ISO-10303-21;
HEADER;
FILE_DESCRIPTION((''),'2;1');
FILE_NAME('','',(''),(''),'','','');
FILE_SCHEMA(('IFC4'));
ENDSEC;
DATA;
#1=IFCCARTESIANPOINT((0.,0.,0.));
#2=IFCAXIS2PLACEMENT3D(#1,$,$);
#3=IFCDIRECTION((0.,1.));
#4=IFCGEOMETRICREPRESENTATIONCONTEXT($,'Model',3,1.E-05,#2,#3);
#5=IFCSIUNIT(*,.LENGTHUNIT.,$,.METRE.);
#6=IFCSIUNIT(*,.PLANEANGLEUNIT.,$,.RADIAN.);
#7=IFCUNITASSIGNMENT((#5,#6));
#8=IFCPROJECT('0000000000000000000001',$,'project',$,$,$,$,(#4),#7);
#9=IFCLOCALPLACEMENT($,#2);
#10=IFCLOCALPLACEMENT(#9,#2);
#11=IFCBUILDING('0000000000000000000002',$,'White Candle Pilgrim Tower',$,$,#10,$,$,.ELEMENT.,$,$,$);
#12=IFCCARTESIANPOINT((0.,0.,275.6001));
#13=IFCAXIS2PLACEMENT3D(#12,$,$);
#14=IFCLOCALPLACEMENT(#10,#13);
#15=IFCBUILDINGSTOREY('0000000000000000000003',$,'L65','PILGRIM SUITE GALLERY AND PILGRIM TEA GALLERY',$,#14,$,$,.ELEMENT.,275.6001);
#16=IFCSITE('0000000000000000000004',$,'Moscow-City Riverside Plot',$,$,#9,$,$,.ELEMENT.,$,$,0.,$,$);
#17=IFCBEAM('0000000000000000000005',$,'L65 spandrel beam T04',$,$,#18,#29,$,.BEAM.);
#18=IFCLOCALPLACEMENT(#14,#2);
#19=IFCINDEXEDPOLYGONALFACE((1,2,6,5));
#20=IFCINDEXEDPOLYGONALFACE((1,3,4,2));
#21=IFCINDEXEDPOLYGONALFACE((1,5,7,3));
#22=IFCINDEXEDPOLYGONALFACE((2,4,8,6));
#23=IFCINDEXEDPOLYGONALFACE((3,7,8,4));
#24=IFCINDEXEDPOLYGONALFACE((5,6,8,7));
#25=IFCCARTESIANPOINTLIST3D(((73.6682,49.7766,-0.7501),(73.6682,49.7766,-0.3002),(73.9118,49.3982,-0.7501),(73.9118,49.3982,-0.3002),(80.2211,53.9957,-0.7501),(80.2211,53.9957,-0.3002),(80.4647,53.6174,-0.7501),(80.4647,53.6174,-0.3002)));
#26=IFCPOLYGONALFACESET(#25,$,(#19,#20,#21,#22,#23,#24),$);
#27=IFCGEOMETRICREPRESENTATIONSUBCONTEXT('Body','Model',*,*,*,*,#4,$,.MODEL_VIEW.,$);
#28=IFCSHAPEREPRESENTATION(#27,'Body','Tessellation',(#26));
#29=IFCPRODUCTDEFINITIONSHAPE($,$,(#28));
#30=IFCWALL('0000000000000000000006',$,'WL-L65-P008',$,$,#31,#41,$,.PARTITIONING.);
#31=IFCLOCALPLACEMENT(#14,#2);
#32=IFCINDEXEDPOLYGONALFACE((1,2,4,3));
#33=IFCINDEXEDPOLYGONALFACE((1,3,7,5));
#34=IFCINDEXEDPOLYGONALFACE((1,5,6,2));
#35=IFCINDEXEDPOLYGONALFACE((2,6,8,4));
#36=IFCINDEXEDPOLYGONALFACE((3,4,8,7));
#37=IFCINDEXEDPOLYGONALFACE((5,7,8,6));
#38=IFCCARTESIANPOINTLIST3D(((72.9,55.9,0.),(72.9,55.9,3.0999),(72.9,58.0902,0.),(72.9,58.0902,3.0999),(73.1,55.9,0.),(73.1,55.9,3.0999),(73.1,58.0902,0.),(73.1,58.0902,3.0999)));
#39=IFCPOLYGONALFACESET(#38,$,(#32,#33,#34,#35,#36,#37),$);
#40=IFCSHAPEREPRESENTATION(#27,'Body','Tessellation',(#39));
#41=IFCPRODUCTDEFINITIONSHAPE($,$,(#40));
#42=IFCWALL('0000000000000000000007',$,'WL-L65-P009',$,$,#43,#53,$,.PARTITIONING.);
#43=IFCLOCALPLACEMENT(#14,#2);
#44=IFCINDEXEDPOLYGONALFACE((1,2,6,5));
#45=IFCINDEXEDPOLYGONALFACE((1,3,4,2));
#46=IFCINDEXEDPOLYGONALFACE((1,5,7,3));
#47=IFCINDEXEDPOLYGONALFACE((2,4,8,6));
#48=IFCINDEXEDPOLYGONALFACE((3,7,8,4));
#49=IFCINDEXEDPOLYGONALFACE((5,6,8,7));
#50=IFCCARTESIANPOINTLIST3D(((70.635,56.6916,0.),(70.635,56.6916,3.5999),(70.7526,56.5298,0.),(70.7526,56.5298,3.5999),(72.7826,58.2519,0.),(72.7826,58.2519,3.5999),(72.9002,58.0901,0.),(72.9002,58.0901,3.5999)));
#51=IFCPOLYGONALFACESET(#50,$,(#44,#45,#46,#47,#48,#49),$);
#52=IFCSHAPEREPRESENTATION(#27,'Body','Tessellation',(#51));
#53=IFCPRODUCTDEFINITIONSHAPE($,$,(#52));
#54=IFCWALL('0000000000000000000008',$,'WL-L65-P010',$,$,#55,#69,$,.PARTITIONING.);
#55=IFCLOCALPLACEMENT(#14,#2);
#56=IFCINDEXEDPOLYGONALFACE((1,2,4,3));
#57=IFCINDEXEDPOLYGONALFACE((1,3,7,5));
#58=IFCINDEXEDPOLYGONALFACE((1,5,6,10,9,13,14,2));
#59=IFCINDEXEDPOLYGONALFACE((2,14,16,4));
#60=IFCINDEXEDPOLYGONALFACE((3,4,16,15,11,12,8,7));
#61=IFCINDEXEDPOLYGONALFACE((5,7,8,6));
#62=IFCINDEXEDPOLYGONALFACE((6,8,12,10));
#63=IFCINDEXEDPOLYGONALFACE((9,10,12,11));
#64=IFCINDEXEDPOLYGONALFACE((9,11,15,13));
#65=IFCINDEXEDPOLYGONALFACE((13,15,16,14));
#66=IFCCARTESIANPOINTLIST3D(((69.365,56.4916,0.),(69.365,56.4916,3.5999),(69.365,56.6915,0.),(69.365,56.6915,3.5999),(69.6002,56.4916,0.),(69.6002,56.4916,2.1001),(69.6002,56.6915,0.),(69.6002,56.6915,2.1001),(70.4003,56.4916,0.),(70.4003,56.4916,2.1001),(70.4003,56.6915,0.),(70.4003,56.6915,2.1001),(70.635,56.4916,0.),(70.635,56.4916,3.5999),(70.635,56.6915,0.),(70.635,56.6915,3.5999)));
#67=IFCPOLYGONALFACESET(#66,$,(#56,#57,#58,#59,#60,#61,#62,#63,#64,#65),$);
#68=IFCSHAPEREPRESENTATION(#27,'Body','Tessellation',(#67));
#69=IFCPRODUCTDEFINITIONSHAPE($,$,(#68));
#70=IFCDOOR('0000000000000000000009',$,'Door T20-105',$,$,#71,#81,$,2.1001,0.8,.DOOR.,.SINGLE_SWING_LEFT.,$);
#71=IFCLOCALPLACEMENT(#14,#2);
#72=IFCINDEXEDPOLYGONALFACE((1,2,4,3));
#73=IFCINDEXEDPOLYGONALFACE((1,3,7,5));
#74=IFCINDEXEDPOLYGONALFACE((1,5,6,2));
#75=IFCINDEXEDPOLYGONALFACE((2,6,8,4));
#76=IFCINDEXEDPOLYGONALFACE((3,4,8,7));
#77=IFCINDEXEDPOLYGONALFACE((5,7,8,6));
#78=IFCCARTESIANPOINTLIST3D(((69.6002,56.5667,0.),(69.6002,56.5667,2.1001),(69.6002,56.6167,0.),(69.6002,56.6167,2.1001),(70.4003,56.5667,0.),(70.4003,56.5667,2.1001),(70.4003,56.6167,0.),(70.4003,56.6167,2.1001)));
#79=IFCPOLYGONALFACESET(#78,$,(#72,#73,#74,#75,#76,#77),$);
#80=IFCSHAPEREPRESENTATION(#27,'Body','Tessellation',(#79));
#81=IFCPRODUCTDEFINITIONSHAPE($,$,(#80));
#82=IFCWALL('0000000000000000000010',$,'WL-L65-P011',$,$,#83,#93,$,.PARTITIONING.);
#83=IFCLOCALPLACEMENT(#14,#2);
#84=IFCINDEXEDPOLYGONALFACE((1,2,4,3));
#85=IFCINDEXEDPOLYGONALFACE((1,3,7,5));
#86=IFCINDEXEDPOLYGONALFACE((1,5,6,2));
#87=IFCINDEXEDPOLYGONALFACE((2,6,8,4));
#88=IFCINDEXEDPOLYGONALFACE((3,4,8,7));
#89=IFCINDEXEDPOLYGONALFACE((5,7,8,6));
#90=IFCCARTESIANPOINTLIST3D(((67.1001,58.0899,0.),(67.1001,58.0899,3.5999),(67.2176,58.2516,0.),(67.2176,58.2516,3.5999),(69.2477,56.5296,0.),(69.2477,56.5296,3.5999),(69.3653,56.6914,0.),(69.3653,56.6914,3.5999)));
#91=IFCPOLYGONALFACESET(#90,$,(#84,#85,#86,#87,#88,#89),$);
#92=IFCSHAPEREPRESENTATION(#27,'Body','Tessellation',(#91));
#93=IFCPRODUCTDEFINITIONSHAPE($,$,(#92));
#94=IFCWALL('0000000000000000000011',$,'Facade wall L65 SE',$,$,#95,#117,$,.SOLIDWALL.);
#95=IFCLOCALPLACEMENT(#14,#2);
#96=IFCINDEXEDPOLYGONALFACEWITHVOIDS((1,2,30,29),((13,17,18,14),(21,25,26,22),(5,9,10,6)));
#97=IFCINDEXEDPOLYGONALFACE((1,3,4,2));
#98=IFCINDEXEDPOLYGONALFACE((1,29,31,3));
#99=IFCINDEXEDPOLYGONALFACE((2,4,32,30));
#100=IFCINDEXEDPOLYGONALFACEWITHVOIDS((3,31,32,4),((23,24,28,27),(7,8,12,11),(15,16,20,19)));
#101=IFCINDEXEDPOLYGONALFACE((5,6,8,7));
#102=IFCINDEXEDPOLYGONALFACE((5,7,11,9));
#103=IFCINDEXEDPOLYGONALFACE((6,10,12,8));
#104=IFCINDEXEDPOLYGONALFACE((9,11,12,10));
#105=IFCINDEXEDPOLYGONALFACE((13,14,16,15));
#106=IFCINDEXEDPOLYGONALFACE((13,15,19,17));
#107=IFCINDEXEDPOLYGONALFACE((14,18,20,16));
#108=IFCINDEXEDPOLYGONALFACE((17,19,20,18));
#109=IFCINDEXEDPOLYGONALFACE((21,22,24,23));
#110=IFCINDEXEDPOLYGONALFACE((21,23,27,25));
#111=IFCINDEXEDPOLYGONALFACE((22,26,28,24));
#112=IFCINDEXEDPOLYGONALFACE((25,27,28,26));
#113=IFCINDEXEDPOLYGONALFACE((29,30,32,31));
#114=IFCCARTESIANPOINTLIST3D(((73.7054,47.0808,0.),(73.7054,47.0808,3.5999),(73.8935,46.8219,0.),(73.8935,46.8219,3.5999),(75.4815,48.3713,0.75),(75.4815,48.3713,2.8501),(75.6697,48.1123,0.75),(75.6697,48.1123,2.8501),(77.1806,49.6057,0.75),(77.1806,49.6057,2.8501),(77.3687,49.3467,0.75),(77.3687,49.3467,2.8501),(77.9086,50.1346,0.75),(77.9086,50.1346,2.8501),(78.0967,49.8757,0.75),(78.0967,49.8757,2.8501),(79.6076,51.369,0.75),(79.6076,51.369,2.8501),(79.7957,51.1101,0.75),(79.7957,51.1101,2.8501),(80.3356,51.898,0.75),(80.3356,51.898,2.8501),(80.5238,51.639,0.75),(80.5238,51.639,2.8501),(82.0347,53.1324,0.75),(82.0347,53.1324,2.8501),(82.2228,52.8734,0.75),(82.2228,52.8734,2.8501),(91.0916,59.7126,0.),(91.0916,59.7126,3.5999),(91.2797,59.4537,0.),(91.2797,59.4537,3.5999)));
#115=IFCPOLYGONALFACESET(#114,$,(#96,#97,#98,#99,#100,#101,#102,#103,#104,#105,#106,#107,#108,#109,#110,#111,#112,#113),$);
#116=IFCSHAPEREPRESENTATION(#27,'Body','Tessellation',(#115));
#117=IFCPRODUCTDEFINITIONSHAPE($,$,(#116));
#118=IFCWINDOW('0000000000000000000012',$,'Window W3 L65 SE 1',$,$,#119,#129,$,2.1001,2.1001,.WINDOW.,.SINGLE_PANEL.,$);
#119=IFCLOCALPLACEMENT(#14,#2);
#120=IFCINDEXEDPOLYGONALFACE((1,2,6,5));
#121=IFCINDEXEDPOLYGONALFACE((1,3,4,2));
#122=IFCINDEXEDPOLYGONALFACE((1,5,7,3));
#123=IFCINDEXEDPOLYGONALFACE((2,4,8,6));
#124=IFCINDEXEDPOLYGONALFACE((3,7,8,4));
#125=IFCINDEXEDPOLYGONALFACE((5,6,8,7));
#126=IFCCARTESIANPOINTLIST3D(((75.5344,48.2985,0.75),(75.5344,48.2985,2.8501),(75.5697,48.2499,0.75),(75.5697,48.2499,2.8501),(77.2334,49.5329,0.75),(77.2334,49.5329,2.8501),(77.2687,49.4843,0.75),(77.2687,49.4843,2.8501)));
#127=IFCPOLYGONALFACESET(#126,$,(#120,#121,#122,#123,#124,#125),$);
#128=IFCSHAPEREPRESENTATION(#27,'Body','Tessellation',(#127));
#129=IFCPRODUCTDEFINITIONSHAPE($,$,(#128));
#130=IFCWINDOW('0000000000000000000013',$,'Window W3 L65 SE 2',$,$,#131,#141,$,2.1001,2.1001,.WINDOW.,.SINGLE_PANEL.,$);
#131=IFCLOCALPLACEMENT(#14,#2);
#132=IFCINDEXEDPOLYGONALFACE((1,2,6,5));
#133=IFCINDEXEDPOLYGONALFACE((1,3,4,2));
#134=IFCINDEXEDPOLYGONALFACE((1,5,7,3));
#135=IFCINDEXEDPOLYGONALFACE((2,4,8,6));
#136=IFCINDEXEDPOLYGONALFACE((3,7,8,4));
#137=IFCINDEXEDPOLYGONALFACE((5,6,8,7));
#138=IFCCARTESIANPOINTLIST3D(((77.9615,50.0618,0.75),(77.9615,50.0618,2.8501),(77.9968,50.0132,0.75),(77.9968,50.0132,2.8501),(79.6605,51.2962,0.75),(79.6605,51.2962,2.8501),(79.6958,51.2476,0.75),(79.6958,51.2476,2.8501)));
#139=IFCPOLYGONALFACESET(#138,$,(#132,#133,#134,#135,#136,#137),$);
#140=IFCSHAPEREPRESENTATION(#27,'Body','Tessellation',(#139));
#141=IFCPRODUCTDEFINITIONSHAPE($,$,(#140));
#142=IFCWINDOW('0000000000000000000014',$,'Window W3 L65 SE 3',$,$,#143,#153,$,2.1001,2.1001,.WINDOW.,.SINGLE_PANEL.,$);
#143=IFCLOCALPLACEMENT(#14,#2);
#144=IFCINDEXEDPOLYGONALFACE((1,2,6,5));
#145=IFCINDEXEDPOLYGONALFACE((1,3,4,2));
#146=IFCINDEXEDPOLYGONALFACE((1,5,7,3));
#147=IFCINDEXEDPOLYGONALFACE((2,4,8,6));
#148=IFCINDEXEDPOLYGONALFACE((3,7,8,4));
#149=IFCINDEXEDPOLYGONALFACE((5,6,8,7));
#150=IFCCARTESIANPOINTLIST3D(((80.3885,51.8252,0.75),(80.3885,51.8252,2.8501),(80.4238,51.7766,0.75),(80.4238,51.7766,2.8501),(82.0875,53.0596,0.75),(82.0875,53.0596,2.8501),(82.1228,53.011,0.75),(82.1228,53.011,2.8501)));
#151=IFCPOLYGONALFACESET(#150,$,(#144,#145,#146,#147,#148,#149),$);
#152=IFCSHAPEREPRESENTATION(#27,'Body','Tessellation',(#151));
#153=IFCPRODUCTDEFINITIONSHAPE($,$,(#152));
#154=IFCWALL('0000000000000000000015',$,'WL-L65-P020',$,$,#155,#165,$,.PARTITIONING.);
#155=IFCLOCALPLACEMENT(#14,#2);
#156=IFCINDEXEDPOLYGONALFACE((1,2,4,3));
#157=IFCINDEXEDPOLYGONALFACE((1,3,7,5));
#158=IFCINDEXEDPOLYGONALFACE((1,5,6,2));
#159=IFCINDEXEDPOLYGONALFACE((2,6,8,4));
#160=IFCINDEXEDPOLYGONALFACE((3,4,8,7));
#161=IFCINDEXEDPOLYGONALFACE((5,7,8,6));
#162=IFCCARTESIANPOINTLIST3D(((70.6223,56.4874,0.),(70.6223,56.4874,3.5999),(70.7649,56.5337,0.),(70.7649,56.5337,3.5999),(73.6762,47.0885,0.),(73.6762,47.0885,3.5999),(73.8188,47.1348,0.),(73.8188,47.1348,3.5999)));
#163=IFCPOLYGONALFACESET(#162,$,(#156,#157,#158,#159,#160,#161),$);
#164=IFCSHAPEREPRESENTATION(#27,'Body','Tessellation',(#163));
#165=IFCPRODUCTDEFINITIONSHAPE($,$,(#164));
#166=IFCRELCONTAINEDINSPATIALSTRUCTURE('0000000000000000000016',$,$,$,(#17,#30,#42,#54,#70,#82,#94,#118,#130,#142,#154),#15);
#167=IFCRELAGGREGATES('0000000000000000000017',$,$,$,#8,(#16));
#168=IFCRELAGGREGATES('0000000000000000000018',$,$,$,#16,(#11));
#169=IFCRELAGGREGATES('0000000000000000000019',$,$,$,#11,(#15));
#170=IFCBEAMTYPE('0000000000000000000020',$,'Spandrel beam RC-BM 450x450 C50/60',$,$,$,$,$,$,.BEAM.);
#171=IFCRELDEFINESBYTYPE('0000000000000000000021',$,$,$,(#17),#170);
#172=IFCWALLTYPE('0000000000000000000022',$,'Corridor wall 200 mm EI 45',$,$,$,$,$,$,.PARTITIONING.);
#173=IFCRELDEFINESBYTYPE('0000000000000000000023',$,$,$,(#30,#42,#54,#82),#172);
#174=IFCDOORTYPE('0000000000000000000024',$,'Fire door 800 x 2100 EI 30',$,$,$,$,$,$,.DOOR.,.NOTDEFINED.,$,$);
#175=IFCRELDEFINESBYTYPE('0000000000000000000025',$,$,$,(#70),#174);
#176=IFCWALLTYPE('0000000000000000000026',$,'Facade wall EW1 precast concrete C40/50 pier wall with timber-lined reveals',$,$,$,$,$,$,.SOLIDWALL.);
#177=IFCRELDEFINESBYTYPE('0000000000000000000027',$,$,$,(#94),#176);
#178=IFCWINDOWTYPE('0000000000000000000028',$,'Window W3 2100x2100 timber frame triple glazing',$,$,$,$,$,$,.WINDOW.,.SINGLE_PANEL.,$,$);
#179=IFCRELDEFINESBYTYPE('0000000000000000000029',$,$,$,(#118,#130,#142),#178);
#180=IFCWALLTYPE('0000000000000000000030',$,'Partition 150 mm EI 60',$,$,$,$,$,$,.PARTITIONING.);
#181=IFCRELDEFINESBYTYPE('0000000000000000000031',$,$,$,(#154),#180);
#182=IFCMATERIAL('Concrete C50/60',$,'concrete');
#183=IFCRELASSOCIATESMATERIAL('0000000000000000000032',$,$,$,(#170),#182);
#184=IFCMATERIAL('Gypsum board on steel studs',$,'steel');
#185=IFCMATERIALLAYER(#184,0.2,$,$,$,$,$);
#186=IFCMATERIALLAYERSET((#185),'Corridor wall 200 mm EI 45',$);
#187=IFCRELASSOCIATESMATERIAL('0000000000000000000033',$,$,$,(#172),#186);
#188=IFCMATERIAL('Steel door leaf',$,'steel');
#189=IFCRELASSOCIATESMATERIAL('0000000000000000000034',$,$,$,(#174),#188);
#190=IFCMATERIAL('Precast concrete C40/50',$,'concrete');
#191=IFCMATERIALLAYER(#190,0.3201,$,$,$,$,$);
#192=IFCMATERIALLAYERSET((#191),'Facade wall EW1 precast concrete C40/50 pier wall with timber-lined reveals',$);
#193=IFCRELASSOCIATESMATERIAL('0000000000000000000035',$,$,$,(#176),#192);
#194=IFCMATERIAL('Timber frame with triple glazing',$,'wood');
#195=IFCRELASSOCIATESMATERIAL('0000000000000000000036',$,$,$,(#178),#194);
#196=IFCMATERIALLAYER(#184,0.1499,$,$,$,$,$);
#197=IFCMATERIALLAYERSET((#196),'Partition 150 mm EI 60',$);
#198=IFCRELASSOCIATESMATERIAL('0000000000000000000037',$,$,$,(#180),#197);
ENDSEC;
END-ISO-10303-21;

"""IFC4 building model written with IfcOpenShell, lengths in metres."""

from ifc_helpers import new_model, si_unit, direction, frame, frame_2d, origin, origin_2d, place, context, subcontext, project, spatial, rectangle, extrude, material, layer, layer_set, material_profile, profile_set, type_object, element, fill, save


model = new_model("IFC4")

# Units and contexts
model_context = context("Model", 3, precision=1e-05, world=origin(), true_north=direction((0.0, 1.0)))
body_context = subcontext(model_context, "Body", "Model", "MODEL_VIEW")
ifc_project = project(units=[si_unit("LENGTHUNIT", "METRE"), si_unit("PLANEANGLEUNIT", "RADIAN")], contexts=[model_context])

# Site, building, storey
site_placement = place(None, origin())
site = spatial("IfcSite", under=ifc_project, at=site_placement, Name="Moscow-City Riverside Plot", CompositionType="ELEMENT", RefElevation=0.0)
building_placement = place(site_placement, origin())
building = spatial("IfcBuilding", under=site, at=building_placement, Name="White Candle Pilgrim Tower", CompositionType="ELEMENT")
storey_placement = place(building_placement, frame((0.0, 0.0, 275.6001)))
storey = spatial("IfcBuildingStorey", under=building, at=storey_placement, Name="L65", Description="PILGRIM SUITE GALLERY AND PILGRIM TEA GALLERY", CompositionType="ELEMENT", Elevation=275.6001)

# Beam
ifc_material_1 = material(Name="Concrete C50/60", Category="concrete")
ifc_material_profile_1 = material_profile(ifc_material_1, rectangle(XDim=0.45, YDim=0.45, at=origin_2d()), Name="RC-BM 450x450")
ifc_profile_set_1 = profile_set([ifc_material_profile_1], Name="Concrete C50/60")
beam_type_1 = type_object("IfcBeamType", Name="Spandrel beam RC-BM 450x450 C50/60", PredefinedType="BEAM", material=ifc_profile_set_1)
beam_1_placement = place(storey_placement, frame((73.79, 49.5874, -0.5251), z_axis=(0.840793, 0.541357, 0.0), x_axis=(-0.541357, 0.840793, 0.0)))
element("IfcBeam", 1, at=beam_1_placement, inside=storey, type_object=beam_type_1, Name="L65 spandrel beam T04", PredefinedType="BEAM", context=body_context, shape_type="SweptSolid", body=[
    extrude(rectangle(XDim=0.45, YDim=0.45, at=origin_2d()), origin(), (0.0, 0.0, 1.0), 7.7937),
])

# Walls
ifc_material_2 = material(Name="Gypsum board on steel studs", Category="steel")
ifc_layer_1 = layer(ifc_material_2, 0.2)
ifc_layer_set_1 = layer_set([ifc_layer_1], Name="Corridor wall 200 mm EI 45")
wall_type_1 = type_object("IfcWallType", Name="Corridor wall 200 mm EI 45", PredefinedType="PARTITIONING", material=ifc_layer_set_1)
wall_1_placement = place(storey_placement, frame((73.0, 55.8999, 0.0), z_axis=(0.0, 0.0, 1.0), x_axis=(0.0, 1.0, 0.0)))
element("IfcWall", 2, at=wall_1_placement, inside=storey, type_object=wall_type_1, Name="WL-L65-P008", PredefinedType="PARTITIONING", context=body_context, shape_type="SweptSolid", body=[
    extrude(rectangle(XDim=2.1902, YDim=0.2, at=frame_2d((1.0952, 0.0))), origin(), (0.0, 0.0, 1.0), 3.0999),
])
wall_2_placement = place(storey_placement, frame((72.8413, 58.1709, 0.0), z_axis=(0.0, 0.0, 1.0), x_axis=(-0.809034, -0.587761, 0.0)))
element("IfcWall", 3, at=wall_2_placement, inside=storey, type_object=wall_type_1, Name="WL-L65-P009", PredefinedType="PARTITIONING", context=body_context, shape_type="SweptSolid", body=[
    extrude(rectangle(XDim=2.6545, YDim=0.2, at=frame_2d((1.3271, 0.0))), origin(), (0.0, 0.0, 1.0), 3.5999),
])

# Wall, opening, door
wall_3_placement = place(storey_placement, frame((70.635, 56.5916, 0.0), z_axis=(0.0, 0.0, 1.0), x_axis=(-1.0, 0.0, 0.0)))
wall_3 = element("IfcWall", 4, at=wall_3_placement, inside=storey, type_object=wall_type_1, Name="WL-L65-P010", PredefinedType="PARTITIONING", context=body_context, shape_type="SweptSolid", body=[
    extrude(rectangle(XDim=1.27, YDim=0.2, at=frame_2d((0.635, 0.0))), origin(), (0.0, 0.0, 1.0), 3.5999),
])
opening_1_placement = place(wall_3_placement, frame((0.2349, 0.0, 0.0)))
opening_1 = element("IfcOpeningElement", 5, at=opening_1_placement, cuts=wall_3, PredefinedType="OPENING", context=body_context, shape_type="SweptSolid", body=[
    extrude(rectangle(XDim=0.8, YDim=2.1001, at=frame_2d((0.3999, 1.05))), frame((0.0, 0.1099, 0.0), z_axis=(0.0, -1.0, 0.0), x_axis=(1.0, 0.0, 0.0)), (0.0, 0.0, 1.0), 0.22),
])
ifc_material_3 = material(Name="Steel door leaf", Category="steel")
door_type_1 = type_object("IfcDoorType", Name="Fire door 800 x 2100 EI 30", OperationType="NOTDEFINED", PredefinedType="DOOR", material=ifc_material_3)
door_1_placement = place(opening_1_placement, origin())
door_1 = element("IfcDoor", 6, at=door_1_placement, inside=storey, type_object=door_type_1, Name="Door T20-105", OperationType="SINGLE_SWING_LEFT", OverallHeight=2.1001, OverallWidth=0.8, PredefinedType="DOOR", context=body_context, shape_type="SweptSolid", body=[
    extrude(rectangle(XDim=0.8, YDim=2.1001, at=frame_2d((0.3999, 1.05))), frame((0.0, 0.0249, 0.0), z_axis=(0.0, -1.0, 0.0), x_axis=(1.0, 0.0, 0.0)), (0.0, 0.0, 1.0), 0.05),
])
fill(opening_1, door_1)

# Wall
wall_4_placement = place(storey_placement, frame((69.3064, 56.6106, 0.0), z_axis=(0.0, 0.0, 1.0), x_axis=(-0.809034, 0.587761, 0.0)))
element("IfcWall", 7, at=wall_4_placement, inside=storey, type_object=wall_type_1, Name="WL-L65-P011", PredefinedType="PARTITIONING", context=body_context, shape_type="SweptSolid", body=[
    extrude(rectangle(XDim=2.6545, YDim=0.2, at=frame_2d((1.3271, 0.0))), origin(), (0.0, 0.0, 1.0), 3.5999),
])

# Wall, openings, windows
ifc_material_4 = material(Name="Precast concrete C40/50", Category="concrete")
ifc_layer_2 = layer(ifc_material_4, 0.3201)
ifc_layer_set_2 = layer_set([ifc_layer_2], Name="Facade wall EW1 precast concrete C40/50 pier wall with timber-lined reveals")
wall_type_2 = type_object("IfcWallType", Name="Facade wall EW1 precast concrete C40/50 pier wall with timber-lined reveals", PredefinedType="SOLIDWALL", material=ifc_layer_set_2)
wall_5_placement = place(storey_placement, frame((73.7996, 46.9514, 0.0), z_axis=(0.0, 0.0, 1.0), x_axis=(0.809017, 0.587785, 0.0)))
wall_5 = element("IfcWall", 8, at=wall_5_placement, inside=storey, type_object=wall_type_2, Name="Facade wall L65 SE", PredefinedType="SOLIDWALL", context=body_context, shape_type="SweptSolid", body=[
    extrude(rectangle(XDim=21.4905, YDim=0.3201, at=frame_2d((10.7451, 0.0))), origin(), (0.0, 0.0, 1.0), 3.5999),
])
opening_2_placement = place(wall_5_placement, frame((2.1953, 0.0, 0.75)))
opening_2 = element("IfcOpeningElement", 9, at=opening_2_placement, cuts=wall_5, PredefinedType="OPENING", context=body_context, shape_type="SweptSolid", body=[
    extrude(rectangle(XDim=2.1001, YDim=2.1001, at=frame_2d((1.05, 1.05))), frame((0.0, 0.1699, 0.0), z_axis=(0.0, -1.0, 0.0), x_axis=(1.0, 0.0, 0.0)), (0.0, 0.0, 1.0), 0.3401),
])
opening_3_placement = place(wall_5_placement, frame((5.1953, 0.0, 0.75)))
opening_3 = element("IfcOpeningElement", 10, at=opening_3_placement, cuts=wall_5, PredefinedType="OPENING", context=body_context, shape_type="SweptSolid", body=[
    extrude(rectangle(XDim=2.1001, YDim=2.1001, at=frame_2d((1.05, 1.05))), frame((0.0, 0.1699, 0.0), z_axis=(0.0, -1.0, 0.0), x_axis=(1.0, 0.0, 0.0)), (0.0, 0.0, 1.0), 0.3401),
])
opening_4_placement = place(wall_5_placement, frame((8.1953, 0.0, 0.75)))
opening_4 = element("IfcOpeningElement", 11, at=opening_4_placement, cuts=wall_5, PredefinedType="OPENING", context=body_context, shape_type="SweptSolid", body=[
    extrude(rectangle(XDim=2.1001, YDim=2.1001, at=frame_2d((1.05, 1.05))), frame((0.0, 0.1699, 0.0), z_axis=(0.0, -1.0, 0.0), x_axis=(1.0, 0.0, 0.0)), (0.0, 0.0, 1.0), 0.3401),
])
ifc_material_5 = material(Name="Timber frame with triple glazing", Category="wood")
window_type = type_object("IfcWindowType", Name="Window W3 2100x2100 timber frame triple glazing", PartitioningType="SINGLE_PANEL", PredefinedType="WINDOW", material=ifc_material_5)
window_1_placement = place(opening_2_placement, origin())
window_1 = element("IfcWindow", 12, at=window_1_placement, inside=storey, type_object=window_type, Name="Window W3 L65 SE 1", OverallHeight=2.1001, OverallWidth=2.1001, PartitioningType="SINGLE_PANEL", PredefinedType="WINDOW", context=body_context, shape_type="SweptSolid", body=[
    extrude(rectangle(XDim=2.1001, YDim=2.1001, at=frame_2d((1.05, 1.05))), frame((0.0, 0.0701, 0.0), z_axis=(0.0, -1.0, 0.0), x_axis=(1.0, 0.0, 0.0)), (0.0, 0.0, 1.0), 0.0601),
])
fill(opening_2, window_1)
window_2_placement = place(opening_3_placement, origin())
window_2 = element("IfcWindow", 13, at=window_2_placement, inside=storey, type_object=window_type, Name="Window W3 L65 SE 2", OverallHeight=2.1001, OverallWidth=2.1001, PartitioningType="SINGLE_PANEL", PredefinedType="WINDOW", context=body_context, shape_type="SweptSolid", body=[
    extrude(rectangle(XDim=2.1001, YDim=2.1001, at=frame_2d((1.05, 1.05))), frame((0.0, 0.0701, 0.0), z_axis=(0.0, -1.0, 0.0), x_axis=(1.0, 0.0, 0.0)), (0.0, 0.0, 1.0), 0.0601),
])
fill(opening_3, window_2)
window_3_placement = place(opening_4_placement, origin())
window_3 = element("IfcWindow", 14, at=window_3_placement, inside=storey, type_object=window_type, Name="Window W3 L65 SE 3", OverallHeight=2.1001, OverallWidth=2.1001, PartitioningType="SINGLE_PANEL", PredefinedType="WINDOW", context=body_context, shape_type="SweptSolid", body=[
    extrude(rectangle(XDim=2.1001, YDim=2.1001, at=frame_2d((1.05, 1.05))), frame((0.0, 0.0701, 0.0), z_axis=(0.0, -1.0, 0.0), x_axis=(1.0, 0.0, 0.0)), (0.0, 0.0, 1.0), 0.0601),
])
fill(opening_4, window_3)

# Wall
ifc_layer_3 = layer(ifc_material_2, 0.1499)
ifc_layer_set_3 = layer_set([ifc_layer_3], Name="Partition 150 mm EI 60")
wall_type_3 = type_object("IfcWallType", Name="Partition 150 mm EI 60", PredefinedType="PARTITIONING", material=ifc_layer_set_3)
wall_6_placement = place(storey_placement, frame((73.7476, 47.1116, 0.0), z_axis=(0.0, 0.0, 1.0), x_axis=(-0.309022, 0.951055, 0.0)))
element("IfcWall", 15, at=wall_6_placement, inside=storey, type_object=wall_type_3, Name="WL-L65-P020", PredefinedType="PARTITIONING", context=body_context, shape_type="SweptSolid", body=[
    extrude(rectangle(XDim=9.8826, YDim=0.1499, at=frame_2d((4.9414, 0.0))), origin(), (0.0, 0.0, 1.0), 3.5999),
])

save(model, "model.ifc")
